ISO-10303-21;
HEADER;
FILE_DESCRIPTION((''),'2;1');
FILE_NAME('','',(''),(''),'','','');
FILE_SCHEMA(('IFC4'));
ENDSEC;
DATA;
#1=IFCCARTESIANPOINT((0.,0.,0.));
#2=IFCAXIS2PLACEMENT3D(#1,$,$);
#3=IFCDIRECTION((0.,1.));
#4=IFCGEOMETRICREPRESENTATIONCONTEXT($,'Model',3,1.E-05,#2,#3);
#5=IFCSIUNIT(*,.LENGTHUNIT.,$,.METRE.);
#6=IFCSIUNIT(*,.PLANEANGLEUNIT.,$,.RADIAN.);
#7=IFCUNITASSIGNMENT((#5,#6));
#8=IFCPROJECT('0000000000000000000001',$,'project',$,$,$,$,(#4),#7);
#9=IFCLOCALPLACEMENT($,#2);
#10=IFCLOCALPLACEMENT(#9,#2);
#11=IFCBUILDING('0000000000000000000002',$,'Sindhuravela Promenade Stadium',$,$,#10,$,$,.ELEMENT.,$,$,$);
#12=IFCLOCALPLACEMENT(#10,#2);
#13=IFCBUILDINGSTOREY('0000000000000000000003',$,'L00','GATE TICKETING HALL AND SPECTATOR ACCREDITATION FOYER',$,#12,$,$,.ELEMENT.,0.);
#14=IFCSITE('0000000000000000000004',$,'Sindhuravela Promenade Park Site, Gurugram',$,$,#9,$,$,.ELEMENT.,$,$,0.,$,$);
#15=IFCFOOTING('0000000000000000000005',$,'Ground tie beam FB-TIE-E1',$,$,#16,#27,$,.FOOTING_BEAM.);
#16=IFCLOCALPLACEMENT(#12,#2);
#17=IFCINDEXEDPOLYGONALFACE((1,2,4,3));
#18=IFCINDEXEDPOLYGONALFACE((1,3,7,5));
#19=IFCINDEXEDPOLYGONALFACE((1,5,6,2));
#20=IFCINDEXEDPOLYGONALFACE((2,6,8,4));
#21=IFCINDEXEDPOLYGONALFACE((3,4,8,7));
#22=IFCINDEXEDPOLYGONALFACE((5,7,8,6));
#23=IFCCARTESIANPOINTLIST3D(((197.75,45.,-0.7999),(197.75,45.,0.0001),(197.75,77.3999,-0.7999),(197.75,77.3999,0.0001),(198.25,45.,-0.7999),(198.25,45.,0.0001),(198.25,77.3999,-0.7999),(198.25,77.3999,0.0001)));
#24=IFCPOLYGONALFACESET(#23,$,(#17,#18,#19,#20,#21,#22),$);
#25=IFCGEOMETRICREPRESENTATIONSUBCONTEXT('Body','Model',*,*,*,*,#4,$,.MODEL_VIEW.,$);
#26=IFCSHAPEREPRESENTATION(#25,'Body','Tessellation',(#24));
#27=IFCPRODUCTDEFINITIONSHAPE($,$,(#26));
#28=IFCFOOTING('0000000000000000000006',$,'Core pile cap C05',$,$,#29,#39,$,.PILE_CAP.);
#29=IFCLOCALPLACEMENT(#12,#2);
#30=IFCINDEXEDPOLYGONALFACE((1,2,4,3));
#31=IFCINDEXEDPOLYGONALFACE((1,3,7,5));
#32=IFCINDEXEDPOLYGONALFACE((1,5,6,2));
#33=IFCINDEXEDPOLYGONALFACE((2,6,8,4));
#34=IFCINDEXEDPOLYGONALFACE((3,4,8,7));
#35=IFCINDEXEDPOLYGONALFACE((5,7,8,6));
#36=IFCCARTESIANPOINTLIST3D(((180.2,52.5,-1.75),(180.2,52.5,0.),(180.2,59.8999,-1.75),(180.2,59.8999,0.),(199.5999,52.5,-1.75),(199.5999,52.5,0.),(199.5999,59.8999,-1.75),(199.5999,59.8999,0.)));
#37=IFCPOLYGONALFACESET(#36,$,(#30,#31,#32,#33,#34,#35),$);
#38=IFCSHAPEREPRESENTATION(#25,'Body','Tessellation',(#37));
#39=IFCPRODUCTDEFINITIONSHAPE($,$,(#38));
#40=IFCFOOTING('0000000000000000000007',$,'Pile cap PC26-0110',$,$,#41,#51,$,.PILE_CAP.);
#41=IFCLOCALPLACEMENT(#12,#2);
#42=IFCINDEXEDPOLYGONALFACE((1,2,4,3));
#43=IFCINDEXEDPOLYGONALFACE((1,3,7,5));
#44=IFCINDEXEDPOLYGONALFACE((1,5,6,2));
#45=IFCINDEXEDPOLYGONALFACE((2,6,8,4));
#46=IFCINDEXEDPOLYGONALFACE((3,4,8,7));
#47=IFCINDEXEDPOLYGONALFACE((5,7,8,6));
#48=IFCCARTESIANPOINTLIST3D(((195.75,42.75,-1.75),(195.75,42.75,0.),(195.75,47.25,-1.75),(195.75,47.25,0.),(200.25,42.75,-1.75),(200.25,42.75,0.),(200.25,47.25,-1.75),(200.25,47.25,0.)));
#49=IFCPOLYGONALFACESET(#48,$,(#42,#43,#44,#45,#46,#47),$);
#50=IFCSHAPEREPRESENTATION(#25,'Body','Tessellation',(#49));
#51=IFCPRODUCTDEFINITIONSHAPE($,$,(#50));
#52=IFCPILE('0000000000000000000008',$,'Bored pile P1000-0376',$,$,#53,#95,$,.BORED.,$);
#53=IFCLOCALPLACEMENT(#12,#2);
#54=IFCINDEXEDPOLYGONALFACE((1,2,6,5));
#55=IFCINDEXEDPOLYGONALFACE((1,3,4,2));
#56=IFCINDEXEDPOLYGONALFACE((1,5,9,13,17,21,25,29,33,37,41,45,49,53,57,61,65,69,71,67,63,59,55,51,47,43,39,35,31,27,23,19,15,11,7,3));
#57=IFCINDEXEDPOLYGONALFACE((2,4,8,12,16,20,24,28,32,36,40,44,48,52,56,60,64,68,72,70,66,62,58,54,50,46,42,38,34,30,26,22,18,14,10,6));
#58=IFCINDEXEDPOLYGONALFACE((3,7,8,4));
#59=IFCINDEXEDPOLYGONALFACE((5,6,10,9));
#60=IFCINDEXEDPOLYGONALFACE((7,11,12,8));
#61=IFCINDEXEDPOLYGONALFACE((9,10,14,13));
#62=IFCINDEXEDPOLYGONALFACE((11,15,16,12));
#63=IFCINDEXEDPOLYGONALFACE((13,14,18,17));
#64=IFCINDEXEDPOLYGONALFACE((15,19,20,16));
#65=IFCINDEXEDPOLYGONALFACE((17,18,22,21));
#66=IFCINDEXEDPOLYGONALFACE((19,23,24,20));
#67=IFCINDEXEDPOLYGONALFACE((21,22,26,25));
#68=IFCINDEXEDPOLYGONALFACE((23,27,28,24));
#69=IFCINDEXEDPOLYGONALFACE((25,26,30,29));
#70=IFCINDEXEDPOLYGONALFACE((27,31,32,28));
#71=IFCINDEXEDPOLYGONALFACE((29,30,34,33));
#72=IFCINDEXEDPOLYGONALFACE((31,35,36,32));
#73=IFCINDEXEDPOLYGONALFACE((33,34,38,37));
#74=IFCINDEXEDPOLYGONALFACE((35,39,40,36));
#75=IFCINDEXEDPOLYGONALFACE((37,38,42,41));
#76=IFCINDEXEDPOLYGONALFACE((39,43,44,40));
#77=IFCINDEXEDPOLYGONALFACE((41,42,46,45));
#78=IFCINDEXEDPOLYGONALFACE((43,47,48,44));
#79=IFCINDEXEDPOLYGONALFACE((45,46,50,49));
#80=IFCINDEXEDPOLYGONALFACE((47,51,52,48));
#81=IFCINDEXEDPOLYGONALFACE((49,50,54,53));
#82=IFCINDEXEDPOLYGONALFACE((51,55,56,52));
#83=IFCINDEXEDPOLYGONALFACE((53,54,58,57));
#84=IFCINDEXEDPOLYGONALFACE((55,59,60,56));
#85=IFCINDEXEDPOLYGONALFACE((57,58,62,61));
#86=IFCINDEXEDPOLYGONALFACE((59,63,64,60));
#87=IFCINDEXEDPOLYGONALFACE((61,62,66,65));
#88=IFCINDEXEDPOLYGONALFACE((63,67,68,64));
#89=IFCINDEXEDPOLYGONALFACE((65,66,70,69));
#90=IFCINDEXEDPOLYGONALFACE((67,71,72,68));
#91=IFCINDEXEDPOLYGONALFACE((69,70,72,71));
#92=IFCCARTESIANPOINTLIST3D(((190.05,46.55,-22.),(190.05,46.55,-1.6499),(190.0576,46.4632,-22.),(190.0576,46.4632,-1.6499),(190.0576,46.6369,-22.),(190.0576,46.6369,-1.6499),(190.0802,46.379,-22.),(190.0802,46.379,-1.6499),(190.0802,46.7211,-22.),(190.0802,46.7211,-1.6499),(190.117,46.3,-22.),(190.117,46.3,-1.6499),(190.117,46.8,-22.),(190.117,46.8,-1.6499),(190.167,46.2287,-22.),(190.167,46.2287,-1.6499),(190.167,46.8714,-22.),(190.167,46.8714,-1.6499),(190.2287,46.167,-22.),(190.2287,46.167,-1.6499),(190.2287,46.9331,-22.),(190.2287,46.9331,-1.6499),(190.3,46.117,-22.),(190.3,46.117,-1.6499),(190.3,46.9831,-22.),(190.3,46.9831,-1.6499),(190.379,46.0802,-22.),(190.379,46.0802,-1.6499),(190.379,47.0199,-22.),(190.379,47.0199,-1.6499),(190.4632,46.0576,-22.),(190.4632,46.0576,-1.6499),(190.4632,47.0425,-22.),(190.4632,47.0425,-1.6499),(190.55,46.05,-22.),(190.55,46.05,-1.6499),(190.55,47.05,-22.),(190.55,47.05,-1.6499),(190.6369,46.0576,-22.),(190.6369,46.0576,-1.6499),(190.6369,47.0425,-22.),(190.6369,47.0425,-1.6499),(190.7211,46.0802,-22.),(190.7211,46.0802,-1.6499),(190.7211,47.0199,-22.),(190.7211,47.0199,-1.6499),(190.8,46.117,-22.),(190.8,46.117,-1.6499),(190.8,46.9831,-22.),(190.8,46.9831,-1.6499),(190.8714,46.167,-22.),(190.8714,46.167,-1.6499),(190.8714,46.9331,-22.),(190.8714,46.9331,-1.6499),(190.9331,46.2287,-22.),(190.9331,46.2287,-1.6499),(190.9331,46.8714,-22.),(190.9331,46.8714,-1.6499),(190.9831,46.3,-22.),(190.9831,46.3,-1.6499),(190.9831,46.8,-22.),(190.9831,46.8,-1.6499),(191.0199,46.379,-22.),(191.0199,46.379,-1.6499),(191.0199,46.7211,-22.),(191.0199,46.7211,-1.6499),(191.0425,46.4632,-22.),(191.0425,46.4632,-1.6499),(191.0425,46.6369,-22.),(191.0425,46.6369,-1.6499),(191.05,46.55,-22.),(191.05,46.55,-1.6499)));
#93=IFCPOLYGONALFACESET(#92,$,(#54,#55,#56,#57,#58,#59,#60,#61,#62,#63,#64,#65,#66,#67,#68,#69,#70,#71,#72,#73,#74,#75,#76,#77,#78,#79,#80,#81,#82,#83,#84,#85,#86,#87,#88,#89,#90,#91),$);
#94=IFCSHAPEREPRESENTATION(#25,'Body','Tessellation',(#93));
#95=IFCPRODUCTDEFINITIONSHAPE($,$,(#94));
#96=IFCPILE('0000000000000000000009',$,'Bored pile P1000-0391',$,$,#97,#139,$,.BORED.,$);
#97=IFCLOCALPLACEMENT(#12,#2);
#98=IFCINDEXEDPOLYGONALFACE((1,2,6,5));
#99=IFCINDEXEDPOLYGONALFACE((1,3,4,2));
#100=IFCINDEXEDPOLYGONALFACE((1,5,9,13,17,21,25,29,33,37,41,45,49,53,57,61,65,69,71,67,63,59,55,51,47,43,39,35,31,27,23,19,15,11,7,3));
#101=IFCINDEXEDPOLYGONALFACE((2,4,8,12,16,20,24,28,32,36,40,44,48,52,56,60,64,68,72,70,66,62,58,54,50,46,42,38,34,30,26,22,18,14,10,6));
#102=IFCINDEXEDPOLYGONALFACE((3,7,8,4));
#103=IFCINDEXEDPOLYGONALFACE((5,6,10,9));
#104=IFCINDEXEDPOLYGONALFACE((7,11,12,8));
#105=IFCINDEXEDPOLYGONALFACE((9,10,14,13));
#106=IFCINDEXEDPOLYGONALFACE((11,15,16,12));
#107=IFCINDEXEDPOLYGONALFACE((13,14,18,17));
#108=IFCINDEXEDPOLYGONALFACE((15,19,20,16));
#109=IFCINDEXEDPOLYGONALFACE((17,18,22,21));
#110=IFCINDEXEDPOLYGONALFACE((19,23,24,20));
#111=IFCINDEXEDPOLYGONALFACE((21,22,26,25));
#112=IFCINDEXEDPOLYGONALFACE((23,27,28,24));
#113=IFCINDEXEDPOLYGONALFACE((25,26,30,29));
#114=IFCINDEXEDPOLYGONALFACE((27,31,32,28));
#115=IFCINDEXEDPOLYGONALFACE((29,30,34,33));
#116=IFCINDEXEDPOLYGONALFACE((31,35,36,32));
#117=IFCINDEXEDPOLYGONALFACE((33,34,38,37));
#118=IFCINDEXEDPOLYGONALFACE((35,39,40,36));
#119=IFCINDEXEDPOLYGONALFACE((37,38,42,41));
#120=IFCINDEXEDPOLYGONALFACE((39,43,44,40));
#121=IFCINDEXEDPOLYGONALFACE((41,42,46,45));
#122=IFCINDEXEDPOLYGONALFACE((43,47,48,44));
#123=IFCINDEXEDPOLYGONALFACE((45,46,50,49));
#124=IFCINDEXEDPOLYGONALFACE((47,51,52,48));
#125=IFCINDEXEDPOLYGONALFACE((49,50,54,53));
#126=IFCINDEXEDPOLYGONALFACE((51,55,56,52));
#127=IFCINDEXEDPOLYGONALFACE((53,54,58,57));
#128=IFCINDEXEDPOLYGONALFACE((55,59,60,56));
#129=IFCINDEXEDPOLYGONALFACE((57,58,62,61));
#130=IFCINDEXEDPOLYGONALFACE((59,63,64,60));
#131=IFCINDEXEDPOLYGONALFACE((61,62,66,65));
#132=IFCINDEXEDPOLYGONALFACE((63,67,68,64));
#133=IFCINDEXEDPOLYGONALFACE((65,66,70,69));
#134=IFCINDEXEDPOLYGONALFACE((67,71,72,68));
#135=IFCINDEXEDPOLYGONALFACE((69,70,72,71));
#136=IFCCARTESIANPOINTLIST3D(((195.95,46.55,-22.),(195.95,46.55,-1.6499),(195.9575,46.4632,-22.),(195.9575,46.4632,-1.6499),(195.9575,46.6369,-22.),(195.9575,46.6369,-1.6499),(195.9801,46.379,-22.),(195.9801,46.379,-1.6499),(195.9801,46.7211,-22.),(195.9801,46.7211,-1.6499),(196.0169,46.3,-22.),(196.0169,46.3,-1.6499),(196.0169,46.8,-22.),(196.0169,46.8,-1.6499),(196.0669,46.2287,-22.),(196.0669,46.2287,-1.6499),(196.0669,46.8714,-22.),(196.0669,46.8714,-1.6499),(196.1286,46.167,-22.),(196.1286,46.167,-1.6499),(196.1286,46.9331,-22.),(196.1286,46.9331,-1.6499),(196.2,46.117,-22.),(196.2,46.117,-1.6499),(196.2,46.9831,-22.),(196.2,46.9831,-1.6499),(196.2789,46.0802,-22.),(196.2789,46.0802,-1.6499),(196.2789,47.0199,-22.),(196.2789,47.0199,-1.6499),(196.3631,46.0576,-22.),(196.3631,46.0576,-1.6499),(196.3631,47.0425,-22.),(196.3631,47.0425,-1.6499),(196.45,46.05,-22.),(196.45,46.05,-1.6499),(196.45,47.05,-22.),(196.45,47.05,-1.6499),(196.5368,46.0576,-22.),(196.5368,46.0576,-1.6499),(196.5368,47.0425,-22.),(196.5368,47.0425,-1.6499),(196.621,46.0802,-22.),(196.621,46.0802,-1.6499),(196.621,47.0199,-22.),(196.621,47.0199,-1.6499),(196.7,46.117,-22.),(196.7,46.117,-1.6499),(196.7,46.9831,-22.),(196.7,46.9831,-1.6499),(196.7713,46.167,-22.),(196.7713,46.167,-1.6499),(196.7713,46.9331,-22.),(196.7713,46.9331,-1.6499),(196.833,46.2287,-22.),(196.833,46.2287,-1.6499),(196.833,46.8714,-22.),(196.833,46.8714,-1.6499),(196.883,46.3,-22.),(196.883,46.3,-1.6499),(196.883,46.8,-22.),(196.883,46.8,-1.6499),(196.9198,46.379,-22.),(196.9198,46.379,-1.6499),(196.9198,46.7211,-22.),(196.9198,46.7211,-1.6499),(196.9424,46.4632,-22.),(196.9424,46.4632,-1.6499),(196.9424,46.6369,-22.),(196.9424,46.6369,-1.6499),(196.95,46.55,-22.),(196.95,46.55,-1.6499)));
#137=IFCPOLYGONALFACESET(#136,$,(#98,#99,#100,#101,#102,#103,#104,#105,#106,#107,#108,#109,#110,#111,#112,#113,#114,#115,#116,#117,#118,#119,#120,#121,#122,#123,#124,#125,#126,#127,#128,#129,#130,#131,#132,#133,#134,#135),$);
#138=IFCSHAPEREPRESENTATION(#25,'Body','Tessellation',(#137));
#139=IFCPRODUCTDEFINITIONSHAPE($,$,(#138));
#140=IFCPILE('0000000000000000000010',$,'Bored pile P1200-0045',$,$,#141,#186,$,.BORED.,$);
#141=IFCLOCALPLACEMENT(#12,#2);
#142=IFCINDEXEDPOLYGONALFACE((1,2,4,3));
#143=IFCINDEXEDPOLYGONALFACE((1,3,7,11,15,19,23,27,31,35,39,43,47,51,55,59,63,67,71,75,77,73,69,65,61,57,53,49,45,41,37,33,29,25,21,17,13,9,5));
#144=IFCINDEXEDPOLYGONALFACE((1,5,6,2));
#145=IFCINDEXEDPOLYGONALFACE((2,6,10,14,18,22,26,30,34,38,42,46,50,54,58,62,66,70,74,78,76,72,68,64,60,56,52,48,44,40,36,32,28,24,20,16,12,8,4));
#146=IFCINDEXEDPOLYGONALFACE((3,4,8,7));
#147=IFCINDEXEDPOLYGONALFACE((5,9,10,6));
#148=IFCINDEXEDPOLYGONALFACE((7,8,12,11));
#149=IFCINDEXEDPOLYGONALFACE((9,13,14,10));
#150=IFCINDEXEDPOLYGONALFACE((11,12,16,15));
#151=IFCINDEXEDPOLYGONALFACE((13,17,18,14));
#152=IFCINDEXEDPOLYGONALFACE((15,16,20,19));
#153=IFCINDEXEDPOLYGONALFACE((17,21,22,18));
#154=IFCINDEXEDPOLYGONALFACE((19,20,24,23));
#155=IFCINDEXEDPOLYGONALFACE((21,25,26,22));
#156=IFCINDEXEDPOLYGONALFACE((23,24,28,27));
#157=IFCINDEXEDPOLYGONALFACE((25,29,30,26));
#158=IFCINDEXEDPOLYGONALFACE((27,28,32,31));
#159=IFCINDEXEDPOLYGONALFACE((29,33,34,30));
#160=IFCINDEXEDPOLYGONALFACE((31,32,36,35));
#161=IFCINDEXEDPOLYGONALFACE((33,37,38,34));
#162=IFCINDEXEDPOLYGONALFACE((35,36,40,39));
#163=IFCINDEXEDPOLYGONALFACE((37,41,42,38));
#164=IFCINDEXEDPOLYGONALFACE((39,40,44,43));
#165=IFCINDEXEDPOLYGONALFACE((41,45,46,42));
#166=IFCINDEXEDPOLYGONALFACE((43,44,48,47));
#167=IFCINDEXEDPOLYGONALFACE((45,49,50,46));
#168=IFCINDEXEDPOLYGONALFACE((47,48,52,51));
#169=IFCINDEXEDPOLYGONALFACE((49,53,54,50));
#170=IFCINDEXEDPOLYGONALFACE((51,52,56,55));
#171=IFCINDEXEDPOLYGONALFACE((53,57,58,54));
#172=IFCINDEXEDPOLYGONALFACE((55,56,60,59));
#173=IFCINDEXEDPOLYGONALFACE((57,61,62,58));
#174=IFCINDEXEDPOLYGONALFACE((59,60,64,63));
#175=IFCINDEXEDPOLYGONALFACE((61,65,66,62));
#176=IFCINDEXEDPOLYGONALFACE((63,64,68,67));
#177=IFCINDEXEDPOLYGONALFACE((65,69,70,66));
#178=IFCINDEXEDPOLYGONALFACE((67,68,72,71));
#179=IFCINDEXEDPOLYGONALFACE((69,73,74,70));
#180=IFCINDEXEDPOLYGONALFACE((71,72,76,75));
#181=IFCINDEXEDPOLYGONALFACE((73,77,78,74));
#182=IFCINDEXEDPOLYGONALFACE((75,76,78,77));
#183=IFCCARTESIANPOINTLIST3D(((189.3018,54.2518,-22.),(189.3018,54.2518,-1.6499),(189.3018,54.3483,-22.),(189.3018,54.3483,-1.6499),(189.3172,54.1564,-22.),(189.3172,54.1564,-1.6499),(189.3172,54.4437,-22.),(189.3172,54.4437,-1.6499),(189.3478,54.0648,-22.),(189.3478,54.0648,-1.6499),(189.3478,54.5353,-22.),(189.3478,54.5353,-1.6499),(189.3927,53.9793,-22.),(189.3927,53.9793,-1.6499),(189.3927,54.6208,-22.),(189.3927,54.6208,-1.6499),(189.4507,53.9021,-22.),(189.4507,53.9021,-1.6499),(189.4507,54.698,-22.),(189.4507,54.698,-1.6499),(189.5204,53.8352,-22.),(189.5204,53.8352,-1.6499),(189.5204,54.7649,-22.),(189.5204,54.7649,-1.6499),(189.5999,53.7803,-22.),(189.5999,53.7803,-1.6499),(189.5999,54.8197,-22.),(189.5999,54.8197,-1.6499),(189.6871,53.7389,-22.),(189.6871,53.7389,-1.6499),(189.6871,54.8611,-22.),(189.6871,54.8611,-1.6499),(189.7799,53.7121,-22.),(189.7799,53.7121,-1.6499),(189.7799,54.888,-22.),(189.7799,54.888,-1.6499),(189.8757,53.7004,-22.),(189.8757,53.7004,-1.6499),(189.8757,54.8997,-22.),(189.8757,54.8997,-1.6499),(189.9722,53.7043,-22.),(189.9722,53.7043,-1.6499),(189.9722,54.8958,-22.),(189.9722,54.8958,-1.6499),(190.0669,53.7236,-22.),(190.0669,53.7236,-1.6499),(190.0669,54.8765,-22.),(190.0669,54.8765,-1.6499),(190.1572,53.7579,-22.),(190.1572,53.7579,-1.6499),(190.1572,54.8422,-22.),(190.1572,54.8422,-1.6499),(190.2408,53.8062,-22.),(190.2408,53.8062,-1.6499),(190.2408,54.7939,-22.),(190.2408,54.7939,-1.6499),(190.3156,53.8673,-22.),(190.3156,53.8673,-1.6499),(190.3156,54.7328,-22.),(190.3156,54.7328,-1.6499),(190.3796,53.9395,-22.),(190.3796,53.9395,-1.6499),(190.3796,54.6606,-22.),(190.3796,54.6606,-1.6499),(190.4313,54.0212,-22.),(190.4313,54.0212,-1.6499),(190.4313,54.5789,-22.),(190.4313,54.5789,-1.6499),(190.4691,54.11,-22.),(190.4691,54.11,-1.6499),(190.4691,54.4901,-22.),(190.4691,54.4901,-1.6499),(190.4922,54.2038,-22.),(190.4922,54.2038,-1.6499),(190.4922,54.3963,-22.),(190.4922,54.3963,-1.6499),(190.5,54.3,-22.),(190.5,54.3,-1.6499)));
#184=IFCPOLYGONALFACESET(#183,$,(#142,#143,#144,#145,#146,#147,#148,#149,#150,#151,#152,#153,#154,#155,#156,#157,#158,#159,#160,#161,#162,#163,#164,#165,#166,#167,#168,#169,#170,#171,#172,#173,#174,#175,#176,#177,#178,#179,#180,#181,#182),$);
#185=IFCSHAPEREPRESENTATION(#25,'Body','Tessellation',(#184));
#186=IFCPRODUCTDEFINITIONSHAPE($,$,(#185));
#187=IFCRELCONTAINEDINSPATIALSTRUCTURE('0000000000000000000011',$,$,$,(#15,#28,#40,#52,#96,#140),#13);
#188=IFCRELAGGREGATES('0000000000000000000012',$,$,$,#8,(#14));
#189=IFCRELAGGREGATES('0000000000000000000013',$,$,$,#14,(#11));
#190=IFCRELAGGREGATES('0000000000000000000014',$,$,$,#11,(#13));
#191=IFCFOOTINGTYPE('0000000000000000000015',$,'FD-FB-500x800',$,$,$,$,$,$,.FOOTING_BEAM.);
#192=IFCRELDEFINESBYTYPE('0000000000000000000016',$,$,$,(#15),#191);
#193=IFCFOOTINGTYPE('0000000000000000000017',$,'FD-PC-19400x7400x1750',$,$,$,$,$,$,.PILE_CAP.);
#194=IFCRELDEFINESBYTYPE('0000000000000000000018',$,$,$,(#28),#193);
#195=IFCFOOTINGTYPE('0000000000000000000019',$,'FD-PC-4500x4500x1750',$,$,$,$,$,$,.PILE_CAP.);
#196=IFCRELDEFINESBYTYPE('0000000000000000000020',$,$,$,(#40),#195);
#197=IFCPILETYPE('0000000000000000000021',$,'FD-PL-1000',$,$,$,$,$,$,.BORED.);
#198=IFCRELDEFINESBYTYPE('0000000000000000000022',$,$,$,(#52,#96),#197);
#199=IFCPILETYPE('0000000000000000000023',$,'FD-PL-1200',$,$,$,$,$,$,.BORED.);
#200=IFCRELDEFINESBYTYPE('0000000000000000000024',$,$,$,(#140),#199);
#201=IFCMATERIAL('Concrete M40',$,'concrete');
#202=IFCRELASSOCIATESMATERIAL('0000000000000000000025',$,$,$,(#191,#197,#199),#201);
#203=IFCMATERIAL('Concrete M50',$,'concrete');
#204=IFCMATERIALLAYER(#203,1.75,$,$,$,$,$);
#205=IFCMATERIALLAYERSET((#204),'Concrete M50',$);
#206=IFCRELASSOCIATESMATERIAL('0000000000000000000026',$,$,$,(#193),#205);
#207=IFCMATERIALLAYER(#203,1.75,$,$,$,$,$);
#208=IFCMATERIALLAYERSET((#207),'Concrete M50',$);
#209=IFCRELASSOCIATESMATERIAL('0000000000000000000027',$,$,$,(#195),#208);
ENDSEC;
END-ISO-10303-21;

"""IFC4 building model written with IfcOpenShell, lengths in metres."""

from ifc_helpers import new_model, si_unit, direction, frame, origin, origin_2d, place, context, subcontext, project, spatial, rectangle, circle, extrude, material, layer, layer_set, material_profile, profile_set, type_object, element, save


model = new_model("IFC4")

# Units and contexts
model_context = context("Model", 3, precision=1e-05, world=origin(), true_north=direction((0.0, 1.0)))
body_context = subcontext(model_context, "Body", "Model", "MODEL_VIEW")
ifc_project = project(units=[si_unit("LENGTHUNIT", "METRE"), si_unit("PLANEANGLEUNIT", "RADIAN")], contexts=[model_context])

# Site, building, storey
site_placement = place(None, origin())
site = spatial("IfcSite", under=ifc_project, at=site_placement, Name="Sindhuravela Promenade Park Site, Gurugram", CompositionType="ELEMENT", RefElevation=0.0)
building_placement = place(site_placement, origin())
building = spatial("IfcBuilding", under=site, at=building_placement, Name="Sindhuravela Promenade Stadium", CompositionType="ELEMENT")
storey_placement = place(building_placement, origin())
storey = spatial("IfcBuildingStorey", under=building, at=storey_placement, Name="L00", Description="GATE TICKETING HALL AND SPECTATOR ACCREDITATION FOYER", CompositionType="ELEMENT", Elevation=0.0)

# Footings
ifc_material_1 = material(Name="Concrete M40", Category="concrete")
ifc_material_profile_1 = material_profile(ifc_material_1, rectangle(XDim=0.5, YDim=0.8, at=origin_2d()), Name="RC 500x800")
ifc_profile_set_1 = profile_set([ifc_material_profile_1], Name="Concrete M40")
footing_type_1 = type_object("IfcFootingType", Name="FD-FB-500x800", PredefinedType="FOOTING_BEAM", material=ifc_profile_set_1)
footing_1_placement = place(storey_placement, frame((198.0, 45.0, -0.3999), z_axis=(0.0, 1.0, 0.0), x_axis=(-1.0, 0.0, 0.0)))
element("IfcFooting", 1, at=footing_1_placement, inside=storey, type_object=footing_type_1, Name="Ground tie beam FB-TIE-E1", PredefinedType="FOOTING_BEAM", context=body_context, shape_type="SweptSolid", body=[
    extrude(rectangle(XDim=0.5, YDim=0.8, at=origin_2d()), origin(), (0.0, 0.0, 1.0), 32.3999),
])
ifc_material_2 = material(Name="Concrete M50", Category="concrete")
ifc_layer_1 = layer(ifc_material_2, 1.75)
ifc_layer_set_1 = layer_set([ifc_layer_1], Name="Concrete M50")
footing_type_2 = type_object("IfcFootingType", Name="FD-PC-19400x7400x1750", PredefinedType="PILE_CAP", material=ifc_layer_set_1)
footing_2_placement = place(storey_placement, frame((189.8999, 56.2, -1.75), z_axis=(0.0, 0.0, 1.0), x_axis=(1.0, 0.0, 0.0)))
element("IfcFooting", 2, at=footing_2_placement, inside=storey, type_object=footing_type_2, Name="Core pile cap C05", PredefinedType="PILE_CAP", context=body_context, shape_type="SweptSolid", body=[
    extrude(rectangle(XDim=19.3999, YDim=7.3999, at=origin_2d()), origin(), (0.0, 0.0, 1.0), 1.75),
])
ifc_layer_2 = layer(ifc_material_2, 1.75)
ifc_layer_set_2 = layer_set([ifc_layer_2], Name="Concrete M50")
footing_type_3 = type_object("IfcFootingType", Name="FD-PC-4500x4500x1750", PredefinedType="PILE_CAP", material=ifc_layer_set_2)
footing_3_placement = place(storey_placement, frame((198.0, 45.0, -1.75), z_axis=(0.0, 0.0, 1.0), x_axis=(1.0, 0.0, 0.0)))
element("IfcFooting", 3, at=footing_3_placement, inside=storey, type_object=footing_type_3, Name="Pile cap PC26-0110", PredefinedType="PILE_CAP", context=body_context, shape_type="SweptSolid", body=[
    extrude(rectangle(XDim=4.5, YDim=4.5, at=origin_2d()), origin(), (0.0, 0.0, 1.0), 1.75),
])

# Piles
ifc_material_profile_2 = material_profile(ifc_material_1, circle(Radius=0.5, at=origin_2d()), Name="BORED PILE D1000")
ifc_profile_set_2 = profile_set([ifc_material_profile_2], Name="Concrete M40")
pile_type_1 = type_object("IfcPileType", Name="FD-PL-1000", PredefinedType="BORED", material=ifc_profile_set_2)
for number, where, z_axis, x_axis, name in (
    (4, (190.55, 46.55, -1.6499), (0.0, 0.0, -1.0), (1.0, 0.0, 0.0), "Bored pile P1000-0376"),
    (5, (196.45, 46.55, -1.6499), (0.0, 0.0, -1.0), (1.0, 0.0, 0.0), "Bored pile P1000-0391"),
):
    element("IfcPile", number, at=place(storey_placement, frame(where, z_axis=z_axis, x_axis=x_axis)), inside=storey, type_object=pile_type_1, Name=name, PredefinedType="BORED", context=body_context, shape_type="SweptSolid", body=[
        extrude(circle(Radius=0.5, at=origin_2d()), origin(), (0.0, 0.0, 1.0), 20.3501),
    ])
ifc_material_profile_3 = material_profile(ifc_material_1, circle(Radius=0.6001, at=origin_2d()), Name="BORED PILE D1200")
ifc_profile_set_3 = profile_set([ifc_material_profile_3], Name="Concrete M40")
pile_type_2 = type_object("IfcPileType", Name="FD-PL-1200", PredefinedType="BORED", material=ifc_profile_set_3)
for number, where, z_axis, x_axis, name in (
    (6, (189.8999, 54.3, -1.6499), (0.0, 0.0, -1.0), (1.0, 0.0, 0.0), "Bored pile P1200-0045"),
):
    element("IfcPile", number, at=place(storey_placement, frame(where, z_axis=z_axis, x_axis=x_axis)), inside=storey, type_object=pile_type_2, Name=name, PredefinedType="BORED", context=body_context, shape_type="SweptSolid", body=[
        extrude(circle(Radius=0.6001, at=origin_2d()), origin(), (0.0, 0.0, 1.0), 20.3501),
    ])

save(model, "model.ifc")
